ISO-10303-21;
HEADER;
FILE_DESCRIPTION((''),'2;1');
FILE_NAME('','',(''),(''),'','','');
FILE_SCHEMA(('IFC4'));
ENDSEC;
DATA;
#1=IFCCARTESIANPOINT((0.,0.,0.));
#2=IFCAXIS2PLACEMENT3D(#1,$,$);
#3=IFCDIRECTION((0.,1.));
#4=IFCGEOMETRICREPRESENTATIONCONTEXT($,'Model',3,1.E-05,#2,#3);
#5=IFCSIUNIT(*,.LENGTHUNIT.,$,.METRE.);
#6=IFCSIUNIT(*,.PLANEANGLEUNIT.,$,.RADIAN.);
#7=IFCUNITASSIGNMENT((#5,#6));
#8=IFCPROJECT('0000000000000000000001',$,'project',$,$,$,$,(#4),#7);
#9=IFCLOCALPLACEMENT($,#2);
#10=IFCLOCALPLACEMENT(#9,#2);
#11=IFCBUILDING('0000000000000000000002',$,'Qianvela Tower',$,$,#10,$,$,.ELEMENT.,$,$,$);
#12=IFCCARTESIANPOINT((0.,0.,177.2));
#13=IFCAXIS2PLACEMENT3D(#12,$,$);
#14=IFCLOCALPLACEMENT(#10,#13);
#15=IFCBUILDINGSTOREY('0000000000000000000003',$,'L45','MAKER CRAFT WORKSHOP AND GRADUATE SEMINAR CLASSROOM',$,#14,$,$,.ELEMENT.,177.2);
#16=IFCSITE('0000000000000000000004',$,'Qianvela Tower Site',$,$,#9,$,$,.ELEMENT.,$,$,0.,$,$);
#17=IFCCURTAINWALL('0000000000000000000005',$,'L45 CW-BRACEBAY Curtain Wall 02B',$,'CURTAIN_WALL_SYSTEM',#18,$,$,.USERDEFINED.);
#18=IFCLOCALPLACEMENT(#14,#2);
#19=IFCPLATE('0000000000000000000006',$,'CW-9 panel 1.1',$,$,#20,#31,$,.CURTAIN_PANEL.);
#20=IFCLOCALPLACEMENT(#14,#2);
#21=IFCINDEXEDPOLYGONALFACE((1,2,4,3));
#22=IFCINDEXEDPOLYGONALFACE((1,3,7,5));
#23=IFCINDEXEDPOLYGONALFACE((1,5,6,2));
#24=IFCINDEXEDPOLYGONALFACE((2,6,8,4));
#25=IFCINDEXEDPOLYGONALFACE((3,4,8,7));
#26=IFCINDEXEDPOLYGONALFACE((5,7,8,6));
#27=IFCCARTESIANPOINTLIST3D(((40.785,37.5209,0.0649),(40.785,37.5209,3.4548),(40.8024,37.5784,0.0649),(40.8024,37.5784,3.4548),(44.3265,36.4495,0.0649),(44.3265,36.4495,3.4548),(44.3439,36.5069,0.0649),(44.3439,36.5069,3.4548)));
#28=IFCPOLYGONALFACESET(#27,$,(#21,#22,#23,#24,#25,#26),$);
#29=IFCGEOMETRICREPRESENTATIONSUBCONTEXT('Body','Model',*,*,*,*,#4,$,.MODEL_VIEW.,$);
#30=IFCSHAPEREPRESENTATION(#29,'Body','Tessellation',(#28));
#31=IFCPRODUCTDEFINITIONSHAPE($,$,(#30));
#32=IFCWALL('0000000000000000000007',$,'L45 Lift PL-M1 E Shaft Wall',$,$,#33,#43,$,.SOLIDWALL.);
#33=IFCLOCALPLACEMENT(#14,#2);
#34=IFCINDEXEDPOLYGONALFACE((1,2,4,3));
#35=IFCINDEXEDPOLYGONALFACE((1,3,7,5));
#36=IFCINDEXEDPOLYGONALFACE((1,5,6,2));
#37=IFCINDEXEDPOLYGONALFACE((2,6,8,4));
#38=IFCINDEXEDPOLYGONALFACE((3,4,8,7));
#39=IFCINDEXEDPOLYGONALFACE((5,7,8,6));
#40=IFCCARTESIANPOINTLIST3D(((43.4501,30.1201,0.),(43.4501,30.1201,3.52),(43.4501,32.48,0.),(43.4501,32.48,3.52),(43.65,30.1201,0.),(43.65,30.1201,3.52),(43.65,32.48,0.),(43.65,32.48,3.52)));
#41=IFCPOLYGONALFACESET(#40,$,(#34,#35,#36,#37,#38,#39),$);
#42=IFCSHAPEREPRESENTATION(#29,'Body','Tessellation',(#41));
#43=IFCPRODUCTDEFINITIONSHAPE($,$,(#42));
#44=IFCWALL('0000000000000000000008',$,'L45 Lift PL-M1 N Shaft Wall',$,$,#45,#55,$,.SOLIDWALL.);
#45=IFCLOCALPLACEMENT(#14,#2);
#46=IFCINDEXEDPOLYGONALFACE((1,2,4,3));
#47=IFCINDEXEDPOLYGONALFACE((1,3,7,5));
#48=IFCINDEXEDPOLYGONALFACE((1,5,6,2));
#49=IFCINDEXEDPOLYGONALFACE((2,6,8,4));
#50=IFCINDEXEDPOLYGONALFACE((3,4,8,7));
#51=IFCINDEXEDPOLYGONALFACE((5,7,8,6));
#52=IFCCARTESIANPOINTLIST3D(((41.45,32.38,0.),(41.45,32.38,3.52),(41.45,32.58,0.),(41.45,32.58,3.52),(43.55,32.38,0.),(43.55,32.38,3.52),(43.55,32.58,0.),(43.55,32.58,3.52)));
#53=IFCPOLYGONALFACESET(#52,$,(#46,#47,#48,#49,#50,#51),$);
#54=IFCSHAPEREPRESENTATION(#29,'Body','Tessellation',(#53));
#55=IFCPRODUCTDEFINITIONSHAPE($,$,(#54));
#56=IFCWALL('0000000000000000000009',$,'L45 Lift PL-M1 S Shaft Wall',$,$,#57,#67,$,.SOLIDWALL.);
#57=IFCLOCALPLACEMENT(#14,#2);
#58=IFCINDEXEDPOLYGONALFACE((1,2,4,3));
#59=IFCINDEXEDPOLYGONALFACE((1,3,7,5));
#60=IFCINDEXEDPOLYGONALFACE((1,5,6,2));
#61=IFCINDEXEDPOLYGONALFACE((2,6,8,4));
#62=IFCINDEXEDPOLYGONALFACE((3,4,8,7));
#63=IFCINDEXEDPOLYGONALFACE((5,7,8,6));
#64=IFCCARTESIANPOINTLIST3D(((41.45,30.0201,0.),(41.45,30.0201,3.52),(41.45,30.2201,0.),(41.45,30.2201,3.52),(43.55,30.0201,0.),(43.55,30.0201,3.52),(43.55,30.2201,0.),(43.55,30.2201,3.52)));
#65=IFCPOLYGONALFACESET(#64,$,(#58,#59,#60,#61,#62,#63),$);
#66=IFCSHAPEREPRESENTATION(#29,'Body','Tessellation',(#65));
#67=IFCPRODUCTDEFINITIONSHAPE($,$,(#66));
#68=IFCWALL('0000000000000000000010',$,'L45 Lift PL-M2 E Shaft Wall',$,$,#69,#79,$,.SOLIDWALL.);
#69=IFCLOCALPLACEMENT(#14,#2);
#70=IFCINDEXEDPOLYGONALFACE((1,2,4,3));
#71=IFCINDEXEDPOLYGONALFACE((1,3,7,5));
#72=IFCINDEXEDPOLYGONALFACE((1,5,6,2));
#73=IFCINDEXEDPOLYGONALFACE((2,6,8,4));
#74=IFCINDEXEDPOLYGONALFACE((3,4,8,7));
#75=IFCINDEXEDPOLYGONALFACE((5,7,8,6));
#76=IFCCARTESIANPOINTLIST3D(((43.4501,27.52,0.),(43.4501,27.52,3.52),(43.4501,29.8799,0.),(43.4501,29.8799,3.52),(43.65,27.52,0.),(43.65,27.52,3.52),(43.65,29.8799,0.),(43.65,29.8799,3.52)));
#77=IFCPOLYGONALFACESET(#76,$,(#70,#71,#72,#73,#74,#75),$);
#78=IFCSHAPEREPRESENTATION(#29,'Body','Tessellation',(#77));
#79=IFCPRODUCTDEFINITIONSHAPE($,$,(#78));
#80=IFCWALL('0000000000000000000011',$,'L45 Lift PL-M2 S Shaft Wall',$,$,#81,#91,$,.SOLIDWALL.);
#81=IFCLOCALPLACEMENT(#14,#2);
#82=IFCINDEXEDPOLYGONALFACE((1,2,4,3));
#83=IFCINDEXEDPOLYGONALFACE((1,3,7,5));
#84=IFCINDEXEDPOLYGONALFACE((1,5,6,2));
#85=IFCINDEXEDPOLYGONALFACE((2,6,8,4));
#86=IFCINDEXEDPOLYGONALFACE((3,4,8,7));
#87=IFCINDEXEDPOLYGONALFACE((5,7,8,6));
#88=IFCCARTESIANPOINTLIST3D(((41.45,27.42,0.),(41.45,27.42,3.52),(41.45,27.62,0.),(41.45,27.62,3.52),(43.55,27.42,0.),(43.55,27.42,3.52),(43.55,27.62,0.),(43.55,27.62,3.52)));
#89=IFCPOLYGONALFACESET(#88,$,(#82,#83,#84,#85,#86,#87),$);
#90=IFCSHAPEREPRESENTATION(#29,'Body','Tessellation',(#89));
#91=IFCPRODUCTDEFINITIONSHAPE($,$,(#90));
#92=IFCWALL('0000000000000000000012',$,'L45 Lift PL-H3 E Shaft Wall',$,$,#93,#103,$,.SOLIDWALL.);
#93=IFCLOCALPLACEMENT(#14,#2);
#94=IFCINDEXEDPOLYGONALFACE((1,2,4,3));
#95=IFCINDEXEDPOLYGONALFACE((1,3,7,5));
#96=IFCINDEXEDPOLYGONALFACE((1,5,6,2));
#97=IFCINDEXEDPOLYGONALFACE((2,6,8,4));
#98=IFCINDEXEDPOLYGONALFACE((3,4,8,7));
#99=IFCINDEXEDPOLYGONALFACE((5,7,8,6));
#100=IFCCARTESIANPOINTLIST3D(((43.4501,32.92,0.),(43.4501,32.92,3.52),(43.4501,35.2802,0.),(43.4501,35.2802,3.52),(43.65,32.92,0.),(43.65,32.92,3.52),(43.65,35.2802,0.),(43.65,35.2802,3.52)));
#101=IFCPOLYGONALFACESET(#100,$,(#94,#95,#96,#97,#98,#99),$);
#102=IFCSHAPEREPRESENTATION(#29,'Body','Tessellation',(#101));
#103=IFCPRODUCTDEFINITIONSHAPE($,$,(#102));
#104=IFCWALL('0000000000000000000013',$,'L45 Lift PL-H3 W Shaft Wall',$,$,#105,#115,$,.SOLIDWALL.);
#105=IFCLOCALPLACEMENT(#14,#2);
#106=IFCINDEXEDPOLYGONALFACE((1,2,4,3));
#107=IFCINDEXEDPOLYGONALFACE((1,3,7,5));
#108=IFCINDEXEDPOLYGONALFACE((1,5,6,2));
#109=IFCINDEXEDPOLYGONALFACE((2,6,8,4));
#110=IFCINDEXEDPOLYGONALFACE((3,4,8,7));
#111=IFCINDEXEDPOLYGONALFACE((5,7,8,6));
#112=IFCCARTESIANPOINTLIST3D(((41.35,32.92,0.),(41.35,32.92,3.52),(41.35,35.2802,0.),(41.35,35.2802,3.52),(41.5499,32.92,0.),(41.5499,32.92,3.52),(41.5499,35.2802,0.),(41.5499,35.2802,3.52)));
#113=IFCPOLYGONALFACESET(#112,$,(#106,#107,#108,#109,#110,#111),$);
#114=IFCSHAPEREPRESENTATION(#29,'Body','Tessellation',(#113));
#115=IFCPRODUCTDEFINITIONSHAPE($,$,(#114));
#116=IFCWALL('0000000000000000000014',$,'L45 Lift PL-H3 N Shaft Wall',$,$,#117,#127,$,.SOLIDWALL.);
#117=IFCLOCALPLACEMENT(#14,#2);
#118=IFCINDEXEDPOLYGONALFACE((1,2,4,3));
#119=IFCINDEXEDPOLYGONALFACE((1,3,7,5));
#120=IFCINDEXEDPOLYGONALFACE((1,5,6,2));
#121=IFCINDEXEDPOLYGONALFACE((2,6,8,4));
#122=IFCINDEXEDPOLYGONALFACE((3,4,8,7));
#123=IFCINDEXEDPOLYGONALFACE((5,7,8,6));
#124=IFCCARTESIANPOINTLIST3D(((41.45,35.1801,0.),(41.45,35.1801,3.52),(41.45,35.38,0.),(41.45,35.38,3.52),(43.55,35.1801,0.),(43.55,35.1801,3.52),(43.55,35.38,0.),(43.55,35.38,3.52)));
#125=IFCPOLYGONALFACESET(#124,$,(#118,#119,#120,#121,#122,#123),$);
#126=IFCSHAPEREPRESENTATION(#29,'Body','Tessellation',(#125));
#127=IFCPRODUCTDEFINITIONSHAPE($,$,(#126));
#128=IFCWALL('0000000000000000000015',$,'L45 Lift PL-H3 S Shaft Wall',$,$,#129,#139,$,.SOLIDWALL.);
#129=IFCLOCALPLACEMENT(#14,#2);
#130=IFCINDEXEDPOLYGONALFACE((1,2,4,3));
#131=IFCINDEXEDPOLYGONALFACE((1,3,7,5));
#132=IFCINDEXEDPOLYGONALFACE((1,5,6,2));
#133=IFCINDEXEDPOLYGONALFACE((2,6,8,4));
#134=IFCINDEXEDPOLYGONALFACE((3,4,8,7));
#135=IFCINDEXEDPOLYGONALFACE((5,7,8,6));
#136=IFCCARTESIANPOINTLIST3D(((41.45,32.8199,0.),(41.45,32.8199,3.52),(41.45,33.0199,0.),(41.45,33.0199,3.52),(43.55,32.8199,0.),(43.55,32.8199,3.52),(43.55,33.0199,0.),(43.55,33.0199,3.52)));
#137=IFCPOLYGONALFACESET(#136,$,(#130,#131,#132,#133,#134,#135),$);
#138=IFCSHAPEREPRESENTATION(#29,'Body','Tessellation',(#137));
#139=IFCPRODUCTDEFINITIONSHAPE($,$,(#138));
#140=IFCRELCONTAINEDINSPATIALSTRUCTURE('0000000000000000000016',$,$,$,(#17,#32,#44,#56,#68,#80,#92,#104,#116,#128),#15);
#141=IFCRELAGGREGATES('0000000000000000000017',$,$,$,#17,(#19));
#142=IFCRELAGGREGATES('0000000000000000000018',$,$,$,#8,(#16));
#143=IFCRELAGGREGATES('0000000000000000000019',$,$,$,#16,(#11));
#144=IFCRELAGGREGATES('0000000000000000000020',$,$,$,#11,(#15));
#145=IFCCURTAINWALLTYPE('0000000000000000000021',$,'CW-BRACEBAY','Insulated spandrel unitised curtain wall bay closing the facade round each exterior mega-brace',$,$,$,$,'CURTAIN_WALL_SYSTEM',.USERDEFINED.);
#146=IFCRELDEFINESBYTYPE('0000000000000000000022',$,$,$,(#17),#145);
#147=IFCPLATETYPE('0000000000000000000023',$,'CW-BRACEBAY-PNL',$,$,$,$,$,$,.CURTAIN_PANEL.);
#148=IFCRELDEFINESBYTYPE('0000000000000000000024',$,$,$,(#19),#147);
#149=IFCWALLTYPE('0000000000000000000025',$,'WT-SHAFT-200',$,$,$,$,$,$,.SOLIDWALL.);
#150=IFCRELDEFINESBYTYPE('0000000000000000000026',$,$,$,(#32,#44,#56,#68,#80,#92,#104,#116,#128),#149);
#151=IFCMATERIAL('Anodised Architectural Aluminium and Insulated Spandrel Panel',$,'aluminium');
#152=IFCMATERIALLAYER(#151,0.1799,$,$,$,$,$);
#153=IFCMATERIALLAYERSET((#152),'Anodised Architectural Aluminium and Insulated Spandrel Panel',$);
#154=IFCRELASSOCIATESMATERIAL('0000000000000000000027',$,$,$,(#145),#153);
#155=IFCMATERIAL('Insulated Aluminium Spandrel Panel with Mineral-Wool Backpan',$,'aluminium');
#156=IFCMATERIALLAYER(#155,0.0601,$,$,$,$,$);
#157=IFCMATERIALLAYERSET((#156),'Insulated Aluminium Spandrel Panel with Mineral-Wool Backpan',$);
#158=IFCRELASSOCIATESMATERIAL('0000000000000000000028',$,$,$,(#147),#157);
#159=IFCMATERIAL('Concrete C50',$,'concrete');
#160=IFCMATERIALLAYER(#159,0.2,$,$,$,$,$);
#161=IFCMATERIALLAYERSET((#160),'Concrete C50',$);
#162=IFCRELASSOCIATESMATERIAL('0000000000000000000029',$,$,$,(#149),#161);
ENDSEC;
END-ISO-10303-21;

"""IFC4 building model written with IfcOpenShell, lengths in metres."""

from ifc_helpers import new_model, si_unit, direction, frame, frame_2d, origin, origin_2d, place, context, subcontext, project, spatial, rectangle, extrude, material, layer, layer_set, type_object, element, aggregate, save


model = new_model("IFC4")

# Units and contexts
model_context = context("Model", 3, precision=1e-05, world=origin(), true_north=direction((0.0, 1.0)))
body_context = subcontext(model_context, "Body", "Model", "MODEL_VIEW")
ifc_project = project(units=[si_unit("LENGTHUNIT", "METRE"), si_unit("PLANEANGLEUNIT", "RADIAN")], contexts=[model_context])

# Site, building, storey
site_placement = place(None, origin())
site = spatial("IfcSite", under=ifc_project, at=site_placement, Name="Qianvela Tower Site", CompositionType="ELEMENT", RefElevation=0.0)
building_placement = place(site_placement, origin())
building = spatial("IfcBuilding", under=site, at=building_placement, Name="Qianvela Tower", CompositionType="ELEMENT")
storey_placement = place(building_placement, frame((0.0, 0.0, 177.2)))
storey = spatial("IfcBuildingStorey", under=building, at=storey_placement, Name="L45", Description="MAKER CRAFT WORKSHOP AND GRADUATE SEMINAR CLASSROOM", CompositionType="ELEMENT", Elevation=177.2)

# Curtain wall, plate
ifc_material_1 = material(Name="Anodised Architectural Aluminium and Insulated Spandrel Panel", Category="aluminium")
ifc_layer_1 = layer(ifc_material_1, 0.1799)
ifc_layer_set_1 = layer_set([ifc_layer_1], Name="Anodised Architectural Aluminium and Insulated Spandrel Panel")
curtain_wall_type = type_object("IfcCurtainWallType", Name="CW-BRACEBAY", Description="Insulated spandrel unitised curtain wall bay closing the facade round each exterior mega-brace", ElementType="CURTAIN_WALL_SYSTEM", PredefinedType="USERDEFINED", material=ifc_layer_set_1)
curtain_wall_placement = place(storey_placement, origin())
curtain_wall = element("IfcCurtainWall", 1, at=curtain_wall_placement, inside=storey, type_object=curtain_wall_type, Name="L45 CW-BRACEBAY Curtain Wall 02B", ObjectType="CURTAIN_WALL_SYSTEM", PredefinedType="USERDEFINED")
ifc_material_2 = material(Name="Insulated Aluminium Spandrel Panel with Mineral-Wool Backpan", Category="aluminium")
ifc_layer_2 = layer(ifc_material_2, 0.0601)
ifc_layer_set_2 = layer_set([ifc_layer_2], Name="Insulated Aluminium Spandrel Panel with Mineral-Wool Backpan")
plate_type = type_object("IfcPlateType", Name="CW-BRACEBAY-PNL", PredefinedType="CURTAIN_PANEL", material=ifc_layer_set_2)
plate_placement = place(storey_placement, frame((42.5645, 37.0139, 0.0649), z_axis=(0.0, 0.0, 1.0), x_axis=(-0.957153, 0.289582, 0.0)))
plate = element("IfcPlate", 2, at=plate_placement, type_object=plate_type, Name="CW-9 panel 1.1", PredefinedType="CURTAIN_PANEL", context=body_context, shape_type="SweptSolid", body=[
    extrude(rectangle(XDim=3.7, YDim=0.0601, at=origin_2d()), origin(), (0.0, 0.0, 1.0), 3.3899),
])
aggregate(curtain_wall, [plate])

# Wall
ifc_material_3 = material(Name="Concrete C50", Category="concrete")
ifc_layer_3 = layer(ifc_material_3, 0.2)
ifc_layer_set_3 = layer_set([ifc_layer_3], Name="Concrete C50")
wall_type = type_object("IfcWallType", Name="WT-SHAFT-200", PredefinedType="SOLIDWALL", material=ifc_layer_set_3)
wall_1_placement = place(storey_placement, frame((43.55, 30.1201, 0.0), z_axis=(0.0, 0.0, 1.0), x_axis=(0.0, 1.0, 0.0)))
element("IfcWall", 3, at=wall_1_placement, inside=storey, type_object=wall_type, Name="L45 Lift PL-M1 E Shaft Wall", PredefinedType="SOLIDWALL", context=body_context, shape_type="SweptSolid", body=[
    extrude(rectangle(XDim=2.3599, YDim=0.2, at=frame_2d((1.1799, 0.0))), origin(), (0.0, 0.0, 1.0), 3.52),
])

# Walls
for number, where, z_axis, x_axis, name in (
    (4, (41.45, 32.48, 0.0), (0.0, 0.0, 1.0), (1.0, 0.0, 0.0), "L45 Lift PL-M1 N Shaft Wall"),
    (5, (41.45, 30.1201, 0.0), (0.0, 0.0, 1.0), (1.0, 0.0, 0.0), "L45 Lift PL-M1 S Shaft Wall"),
):
    element("IfcWall", number, at=place(storey_placement, frame(where, z_axis=z_axis, x_axis=x_axis)), inside=storey, type_object=wall_type, Name=name, PredefinedType="SOLIDWALL", context=body_context, shape_type="SweptSolid", body=[
        extrude(rectangle(XDim=2.1001, YDim=0.2, at=frame_2d((1.05, 0.0))), origin(), (0.0, 0.0, 1.0), 3.52),
    ])
wall_2_placement = place(storey_placement, frame((43.55, 27.52, 0.0), z_axis=(0.0, 0.0, 1.0), x_axis=(0.0, 1.0, 0.0)))
element("IfcWall", 6, at=wall_2_placement, inside=storey, type_object=wall_type, Name="L45 Lift PL-M2 E Shaft Wall", PredefinedType="SOLIDWALL", context=body_context, shape_type="SweptSolid", body=[
    extrude(rectangle(XDim=2.3599, YDim=0.2, at=frame_2d((1.1799, 0.0))), origin(), (0.0, 0.0, 1.0), 3.52),
])

# Walls
wall_3_placement = place(storey_placement, frame((41.45, 27.52, 0.0), z_axis=(0.0, 0.0, 1.0), x_axis=(1.0, 0.0, 0.0)))
element("IfcWall", 7, at=wall_3_placement, inside=storey, type_object=wall_type, Name="L45 Lift PL-M2 S Shaft Wall", PredefinedType="SOLIDWALL", context=body_context, shape_type="SweptSolid", body=[
    extrude(rectangle(XDim=2.1001, YDim=0.2, at=frame_2d((1.05, 0.0))), origin(), (0.0, 0.0, 1.0), 3.52),
])
for number, where, z_axis, x_axis, name in (
    (8, (43.55, 32.9199, 0.0), (0.0, 0.0, 1.0), (0.0, 1.0, 0.0), "L45 Lift PL-H3 E Shaft Wall"),
    (9, (41.45, 32.9199, 0.0), (0.0, 0.0, 1.0), (0.0, 1.0, 0.0), "L45 Lift PL-H3 W Shaft Wall"),
):
    element("IfcWall", number, at=place(storey_placement, frame(where, z_axis=z_axis, x_axis=x_axis)), inside=storey, type_object=wall_type, Name=name, PredefinedType="SOLIDWALL", context=body_context, shape_type="SweptSolid", body=[
        extrude(rectangle(XDim=2.3601, YDim=0.2, at=frame_2d((1.1802, 0.0))), origin(), (0.0, 0.0, 1.0), 3.52),
    ])
for number, where, z_axis, x_axis, name in (
    (10, (41.45, 35.28, 0.0), (0.0, 0.0, 1.0), (1.0, 0.0, 0.0), "L45 Lift PL-H3 N Shaft Wall"),
    (11, (41.45, 32.9199, 0.0), (0.0, 0.0, 1.0), (1.0, 0.0, 0.0), "L45 Lift PL-H3 S Shaft Wall"),
):
    element("IfcWall", number, at=place(storey_placement, frame(where, z_axis=z_axis, x_axis=x_axis)), inside=storey, type_object=wall_type, Name=name, PredefinedType="SOLIDWALL", context=body_context, shape_type="SweptSolid", body=[
        extrude(rectangle(XDim=2.1001, YDim=0.2, at=frame_2d((1.05, 0.0))), origin(), (0.0, 0.0, 1.0), 3.52),
    ])

save(model, "model.ifc")
